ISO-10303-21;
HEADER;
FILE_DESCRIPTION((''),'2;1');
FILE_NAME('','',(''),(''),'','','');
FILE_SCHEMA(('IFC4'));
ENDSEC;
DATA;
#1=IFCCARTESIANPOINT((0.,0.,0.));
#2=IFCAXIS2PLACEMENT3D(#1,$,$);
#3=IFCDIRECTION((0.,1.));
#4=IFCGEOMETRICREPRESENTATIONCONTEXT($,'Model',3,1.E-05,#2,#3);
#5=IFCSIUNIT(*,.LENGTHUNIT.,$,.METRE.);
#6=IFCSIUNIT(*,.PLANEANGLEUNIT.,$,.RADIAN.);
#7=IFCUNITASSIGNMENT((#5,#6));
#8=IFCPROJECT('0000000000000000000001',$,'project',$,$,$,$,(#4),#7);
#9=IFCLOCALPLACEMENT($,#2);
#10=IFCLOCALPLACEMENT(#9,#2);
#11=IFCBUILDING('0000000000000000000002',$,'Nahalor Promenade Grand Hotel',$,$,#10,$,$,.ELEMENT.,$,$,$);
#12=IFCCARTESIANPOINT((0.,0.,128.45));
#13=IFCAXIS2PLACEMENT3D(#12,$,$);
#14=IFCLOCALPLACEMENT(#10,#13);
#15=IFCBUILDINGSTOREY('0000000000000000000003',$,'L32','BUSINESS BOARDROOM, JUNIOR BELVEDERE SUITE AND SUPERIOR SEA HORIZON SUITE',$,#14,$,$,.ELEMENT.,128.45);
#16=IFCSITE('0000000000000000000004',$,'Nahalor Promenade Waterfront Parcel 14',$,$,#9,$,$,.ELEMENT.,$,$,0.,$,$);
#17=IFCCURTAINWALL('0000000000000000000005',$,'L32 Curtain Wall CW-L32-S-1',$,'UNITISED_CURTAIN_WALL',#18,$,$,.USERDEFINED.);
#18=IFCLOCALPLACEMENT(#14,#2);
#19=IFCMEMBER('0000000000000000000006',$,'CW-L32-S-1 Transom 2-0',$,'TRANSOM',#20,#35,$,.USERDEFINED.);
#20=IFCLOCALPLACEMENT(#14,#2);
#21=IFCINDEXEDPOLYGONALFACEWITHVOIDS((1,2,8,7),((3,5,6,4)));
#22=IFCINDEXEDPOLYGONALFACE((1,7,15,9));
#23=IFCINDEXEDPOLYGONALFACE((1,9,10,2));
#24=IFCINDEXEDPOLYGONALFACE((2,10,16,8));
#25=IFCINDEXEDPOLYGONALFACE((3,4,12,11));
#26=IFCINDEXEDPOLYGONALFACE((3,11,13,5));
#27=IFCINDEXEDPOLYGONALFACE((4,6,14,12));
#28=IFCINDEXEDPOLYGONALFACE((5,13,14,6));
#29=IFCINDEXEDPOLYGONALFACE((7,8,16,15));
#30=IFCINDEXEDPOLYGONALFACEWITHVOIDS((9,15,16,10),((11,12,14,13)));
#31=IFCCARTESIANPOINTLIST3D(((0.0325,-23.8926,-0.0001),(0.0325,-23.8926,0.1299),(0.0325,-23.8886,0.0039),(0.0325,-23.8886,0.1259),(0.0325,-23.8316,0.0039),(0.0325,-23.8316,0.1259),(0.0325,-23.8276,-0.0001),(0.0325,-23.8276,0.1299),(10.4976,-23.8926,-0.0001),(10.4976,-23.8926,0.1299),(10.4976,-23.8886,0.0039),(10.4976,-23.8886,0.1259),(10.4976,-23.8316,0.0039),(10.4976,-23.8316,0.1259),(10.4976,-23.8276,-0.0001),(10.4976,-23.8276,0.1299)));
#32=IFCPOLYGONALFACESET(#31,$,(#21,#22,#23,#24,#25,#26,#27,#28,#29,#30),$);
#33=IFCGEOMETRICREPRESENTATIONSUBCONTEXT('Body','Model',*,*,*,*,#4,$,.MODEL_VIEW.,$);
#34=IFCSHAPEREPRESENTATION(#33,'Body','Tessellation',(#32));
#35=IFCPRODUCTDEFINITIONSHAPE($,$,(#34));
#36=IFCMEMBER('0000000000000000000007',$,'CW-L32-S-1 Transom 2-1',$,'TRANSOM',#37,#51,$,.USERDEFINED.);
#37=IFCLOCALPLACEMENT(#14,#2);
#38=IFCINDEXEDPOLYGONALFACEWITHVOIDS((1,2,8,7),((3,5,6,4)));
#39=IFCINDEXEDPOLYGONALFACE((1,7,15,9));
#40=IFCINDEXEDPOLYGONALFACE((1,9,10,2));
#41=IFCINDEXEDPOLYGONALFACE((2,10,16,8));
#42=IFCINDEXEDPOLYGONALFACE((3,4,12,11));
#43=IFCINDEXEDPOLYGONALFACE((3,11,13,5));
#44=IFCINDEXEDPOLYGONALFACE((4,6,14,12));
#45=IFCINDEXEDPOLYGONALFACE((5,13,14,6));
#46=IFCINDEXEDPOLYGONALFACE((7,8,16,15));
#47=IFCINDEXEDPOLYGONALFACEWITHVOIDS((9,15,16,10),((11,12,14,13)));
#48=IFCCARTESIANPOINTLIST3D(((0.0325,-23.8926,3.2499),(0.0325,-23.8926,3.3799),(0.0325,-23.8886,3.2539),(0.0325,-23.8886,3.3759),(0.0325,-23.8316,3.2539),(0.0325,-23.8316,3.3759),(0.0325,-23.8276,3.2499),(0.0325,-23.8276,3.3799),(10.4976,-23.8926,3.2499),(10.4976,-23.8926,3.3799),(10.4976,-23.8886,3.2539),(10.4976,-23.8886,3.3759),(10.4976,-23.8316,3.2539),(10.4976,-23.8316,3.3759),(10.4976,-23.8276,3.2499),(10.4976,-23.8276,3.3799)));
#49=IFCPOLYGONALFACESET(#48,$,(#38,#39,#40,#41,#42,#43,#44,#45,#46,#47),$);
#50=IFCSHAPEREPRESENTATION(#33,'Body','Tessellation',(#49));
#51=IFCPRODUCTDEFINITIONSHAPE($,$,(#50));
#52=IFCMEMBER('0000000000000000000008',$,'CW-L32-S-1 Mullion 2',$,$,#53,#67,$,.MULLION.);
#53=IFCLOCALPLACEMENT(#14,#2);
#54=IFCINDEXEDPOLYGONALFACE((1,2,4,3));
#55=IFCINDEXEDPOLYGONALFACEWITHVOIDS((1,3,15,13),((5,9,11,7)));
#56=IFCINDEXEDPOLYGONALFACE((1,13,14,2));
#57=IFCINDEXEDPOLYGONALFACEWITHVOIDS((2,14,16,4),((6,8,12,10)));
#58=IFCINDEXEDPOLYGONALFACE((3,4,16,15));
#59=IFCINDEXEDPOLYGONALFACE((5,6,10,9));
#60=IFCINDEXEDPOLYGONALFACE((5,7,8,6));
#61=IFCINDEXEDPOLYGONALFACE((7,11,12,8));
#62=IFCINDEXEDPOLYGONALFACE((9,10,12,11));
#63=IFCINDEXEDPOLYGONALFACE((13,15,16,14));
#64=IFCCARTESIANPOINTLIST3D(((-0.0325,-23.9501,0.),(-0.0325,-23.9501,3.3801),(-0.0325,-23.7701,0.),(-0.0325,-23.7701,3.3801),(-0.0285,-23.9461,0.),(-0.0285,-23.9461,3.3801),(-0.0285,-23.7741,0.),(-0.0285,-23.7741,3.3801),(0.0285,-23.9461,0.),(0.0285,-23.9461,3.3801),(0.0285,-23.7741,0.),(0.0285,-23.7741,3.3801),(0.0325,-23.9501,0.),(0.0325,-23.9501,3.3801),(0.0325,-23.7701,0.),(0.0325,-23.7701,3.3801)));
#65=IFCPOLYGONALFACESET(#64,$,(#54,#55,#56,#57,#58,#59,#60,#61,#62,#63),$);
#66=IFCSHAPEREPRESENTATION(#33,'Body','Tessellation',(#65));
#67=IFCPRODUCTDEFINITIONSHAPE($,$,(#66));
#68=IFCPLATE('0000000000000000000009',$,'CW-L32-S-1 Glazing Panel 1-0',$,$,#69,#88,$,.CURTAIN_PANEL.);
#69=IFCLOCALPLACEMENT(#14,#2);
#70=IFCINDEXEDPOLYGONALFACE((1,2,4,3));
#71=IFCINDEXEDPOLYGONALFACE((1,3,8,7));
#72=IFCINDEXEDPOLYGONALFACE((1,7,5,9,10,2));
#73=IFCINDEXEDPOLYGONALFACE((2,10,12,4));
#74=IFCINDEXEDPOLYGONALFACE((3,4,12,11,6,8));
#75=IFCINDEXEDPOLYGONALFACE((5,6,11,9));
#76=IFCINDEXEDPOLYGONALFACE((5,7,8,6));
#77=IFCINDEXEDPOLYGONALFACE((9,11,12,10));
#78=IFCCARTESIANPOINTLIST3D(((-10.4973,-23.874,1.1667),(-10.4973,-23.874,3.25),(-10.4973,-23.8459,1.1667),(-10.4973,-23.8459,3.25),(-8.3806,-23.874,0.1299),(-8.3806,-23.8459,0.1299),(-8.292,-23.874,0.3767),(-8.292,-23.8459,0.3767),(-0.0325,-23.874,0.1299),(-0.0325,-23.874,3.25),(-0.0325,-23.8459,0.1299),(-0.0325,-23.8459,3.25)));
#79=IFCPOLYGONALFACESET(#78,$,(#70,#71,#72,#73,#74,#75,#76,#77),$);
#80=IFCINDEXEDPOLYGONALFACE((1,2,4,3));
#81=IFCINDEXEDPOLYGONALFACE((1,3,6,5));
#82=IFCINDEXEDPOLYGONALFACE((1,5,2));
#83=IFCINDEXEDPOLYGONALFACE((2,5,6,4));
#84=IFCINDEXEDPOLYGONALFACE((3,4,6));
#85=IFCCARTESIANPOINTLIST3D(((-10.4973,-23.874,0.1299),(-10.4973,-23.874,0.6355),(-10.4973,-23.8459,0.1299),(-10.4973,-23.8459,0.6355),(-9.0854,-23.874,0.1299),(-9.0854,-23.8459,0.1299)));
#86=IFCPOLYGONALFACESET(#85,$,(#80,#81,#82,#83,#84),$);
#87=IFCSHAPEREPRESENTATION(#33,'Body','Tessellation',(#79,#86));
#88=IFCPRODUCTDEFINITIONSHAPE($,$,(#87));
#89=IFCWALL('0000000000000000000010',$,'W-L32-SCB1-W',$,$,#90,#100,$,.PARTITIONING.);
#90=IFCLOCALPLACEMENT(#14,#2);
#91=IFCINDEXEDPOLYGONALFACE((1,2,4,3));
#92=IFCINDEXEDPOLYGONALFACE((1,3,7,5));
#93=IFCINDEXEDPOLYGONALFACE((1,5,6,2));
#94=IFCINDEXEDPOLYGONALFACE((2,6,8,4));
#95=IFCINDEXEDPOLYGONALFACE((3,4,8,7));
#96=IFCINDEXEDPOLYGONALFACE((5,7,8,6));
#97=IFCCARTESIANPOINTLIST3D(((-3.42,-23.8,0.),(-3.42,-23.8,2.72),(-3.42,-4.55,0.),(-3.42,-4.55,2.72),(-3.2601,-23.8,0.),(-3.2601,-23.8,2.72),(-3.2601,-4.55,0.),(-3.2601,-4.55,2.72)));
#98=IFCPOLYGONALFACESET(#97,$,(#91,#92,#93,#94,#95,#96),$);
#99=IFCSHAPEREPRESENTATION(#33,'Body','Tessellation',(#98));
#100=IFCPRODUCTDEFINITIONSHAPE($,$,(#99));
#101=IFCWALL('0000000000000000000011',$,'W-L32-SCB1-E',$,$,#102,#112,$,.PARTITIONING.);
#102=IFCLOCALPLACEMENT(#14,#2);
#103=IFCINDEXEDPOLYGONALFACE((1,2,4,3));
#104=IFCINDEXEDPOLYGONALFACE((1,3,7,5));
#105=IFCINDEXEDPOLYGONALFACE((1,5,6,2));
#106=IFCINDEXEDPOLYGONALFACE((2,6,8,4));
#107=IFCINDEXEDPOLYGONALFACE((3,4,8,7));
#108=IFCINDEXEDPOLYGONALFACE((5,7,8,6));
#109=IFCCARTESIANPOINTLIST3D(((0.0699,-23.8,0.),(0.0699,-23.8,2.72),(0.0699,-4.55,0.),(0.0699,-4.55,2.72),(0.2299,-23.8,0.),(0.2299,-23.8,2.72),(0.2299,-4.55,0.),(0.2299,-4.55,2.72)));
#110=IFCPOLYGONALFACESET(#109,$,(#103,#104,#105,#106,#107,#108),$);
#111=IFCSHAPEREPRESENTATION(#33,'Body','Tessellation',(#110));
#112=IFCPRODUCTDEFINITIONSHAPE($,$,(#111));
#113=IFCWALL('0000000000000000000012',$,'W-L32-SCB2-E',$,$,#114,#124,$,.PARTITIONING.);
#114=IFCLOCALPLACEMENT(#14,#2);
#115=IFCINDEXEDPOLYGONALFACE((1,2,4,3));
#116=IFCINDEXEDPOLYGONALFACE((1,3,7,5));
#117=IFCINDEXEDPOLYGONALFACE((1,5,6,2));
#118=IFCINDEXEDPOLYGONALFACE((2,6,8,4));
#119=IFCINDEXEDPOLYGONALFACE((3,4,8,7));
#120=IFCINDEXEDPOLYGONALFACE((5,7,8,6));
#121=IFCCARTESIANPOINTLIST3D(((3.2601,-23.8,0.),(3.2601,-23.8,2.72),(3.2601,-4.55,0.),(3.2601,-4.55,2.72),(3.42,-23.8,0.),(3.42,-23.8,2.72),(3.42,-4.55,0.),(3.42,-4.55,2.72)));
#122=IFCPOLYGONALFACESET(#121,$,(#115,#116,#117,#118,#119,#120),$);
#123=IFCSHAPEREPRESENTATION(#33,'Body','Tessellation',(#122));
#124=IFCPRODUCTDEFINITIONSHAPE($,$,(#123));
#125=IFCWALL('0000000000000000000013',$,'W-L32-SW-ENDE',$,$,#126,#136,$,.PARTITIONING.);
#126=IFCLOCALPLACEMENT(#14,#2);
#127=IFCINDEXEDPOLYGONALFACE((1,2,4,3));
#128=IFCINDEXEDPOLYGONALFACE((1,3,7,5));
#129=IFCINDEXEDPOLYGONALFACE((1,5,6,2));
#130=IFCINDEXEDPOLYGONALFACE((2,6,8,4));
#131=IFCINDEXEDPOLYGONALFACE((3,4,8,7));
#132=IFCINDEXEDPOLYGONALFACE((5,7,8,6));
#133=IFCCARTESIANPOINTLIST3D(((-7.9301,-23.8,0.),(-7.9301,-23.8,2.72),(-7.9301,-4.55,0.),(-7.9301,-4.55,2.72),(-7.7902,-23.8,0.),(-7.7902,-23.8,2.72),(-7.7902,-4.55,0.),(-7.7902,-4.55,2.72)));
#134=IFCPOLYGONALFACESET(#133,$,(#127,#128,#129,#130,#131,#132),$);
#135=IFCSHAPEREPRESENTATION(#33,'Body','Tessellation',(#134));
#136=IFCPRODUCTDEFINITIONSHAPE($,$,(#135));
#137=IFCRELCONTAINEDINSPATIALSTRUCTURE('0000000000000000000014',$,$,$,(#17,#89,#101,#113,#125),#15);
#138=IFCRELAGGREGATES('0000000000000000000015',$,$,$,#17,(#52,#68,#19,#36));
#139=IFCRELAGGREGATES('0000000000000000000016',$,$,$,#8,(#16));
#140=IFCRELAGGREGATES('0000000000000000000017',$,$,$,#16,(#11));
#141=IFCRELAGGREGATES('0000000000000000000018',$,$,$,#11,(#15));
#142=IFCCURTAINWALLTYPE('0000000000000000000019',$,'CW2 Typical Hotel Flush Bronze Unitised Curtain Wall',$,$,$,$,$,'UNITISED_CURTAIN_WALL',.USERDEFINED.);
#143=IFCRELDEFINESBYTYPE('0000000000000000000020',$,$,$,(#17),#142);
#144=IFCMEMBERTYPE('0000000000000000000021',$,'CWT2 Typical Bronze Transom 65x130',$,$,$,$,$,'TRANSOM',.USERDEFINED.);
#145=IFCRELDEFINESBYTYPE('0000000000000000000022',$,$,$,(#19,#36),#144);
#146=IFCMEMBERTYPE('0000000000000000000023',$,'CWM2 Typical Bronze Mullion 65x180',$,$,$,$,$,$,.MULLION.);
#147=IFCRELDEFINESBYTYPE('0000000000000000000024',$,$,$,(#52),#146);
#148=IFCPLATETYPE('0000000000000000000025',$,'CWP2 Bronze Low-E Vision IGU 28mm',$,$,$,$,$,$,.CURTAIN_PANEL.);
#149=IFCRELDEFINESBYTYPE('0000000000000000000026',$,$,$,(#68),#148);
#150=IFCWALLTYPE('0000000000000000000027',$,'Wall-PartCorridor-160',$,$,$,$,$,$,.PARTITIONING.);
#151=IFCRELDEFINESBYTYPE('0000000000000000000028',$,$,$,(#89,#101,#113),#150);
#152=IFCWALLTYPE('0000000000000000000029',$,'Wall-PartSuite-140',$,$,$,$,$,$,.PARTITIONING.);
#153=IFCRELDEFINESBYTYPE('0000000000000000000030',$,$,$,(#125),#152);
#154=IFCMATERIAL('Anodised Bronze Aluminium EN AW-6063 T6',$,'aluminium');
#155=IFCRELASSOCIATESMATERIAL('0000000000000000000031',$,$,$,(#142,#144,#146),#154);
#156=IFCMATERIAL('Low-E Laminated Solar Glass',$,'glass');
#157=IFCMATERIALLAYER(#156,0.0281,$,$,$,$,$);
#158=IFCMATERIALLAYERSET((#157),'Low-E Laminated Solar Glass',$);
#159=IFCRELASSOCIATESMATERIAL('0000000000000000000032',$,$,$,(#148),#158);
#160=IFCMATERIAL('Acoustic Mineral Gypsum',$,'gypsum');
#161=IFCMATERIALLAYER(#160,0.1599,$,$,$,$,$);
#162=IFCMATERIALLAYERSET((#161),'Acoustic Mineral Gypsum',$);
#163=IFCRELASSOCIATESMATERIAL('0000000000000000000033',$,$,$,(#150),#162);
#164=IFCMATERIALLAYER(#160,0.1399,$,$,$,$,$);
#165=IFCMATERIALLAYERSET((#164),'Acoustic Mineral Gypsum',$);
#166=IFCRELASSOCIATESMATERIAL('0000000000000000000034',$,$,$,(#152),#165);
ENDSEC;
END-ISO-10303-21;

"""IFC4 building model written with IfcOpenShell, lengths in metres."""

from ifc_helpers import new_model, si_unit, direction, frame, frame_2d, origin, origin_2d, place, context, subcontext, project, spatial, polyline, rectangle, hollow_rectangle, outline, extrude, source, transform, mapped, material, layer, layer_set, material_profile, profile_set, type_object, element, aggregate, save


model = new_model("IFC4")

# Units and contexts
model_context = context("Model", 3, precision=1e-05, world=origin(), true_north=direction((0.0, 1.0)))
body_context = subcontext(model_context, "Body", "Model", "MODEL_VIEW")
ifc_project = project(units=[si_unit("LENGTHUNIT", "METRE"), si_unit("PLANEANGLEUNIT", "RADIAN")], contexts=[model_context])

# Site, building, storey
site_placement = place(None, origin())
site = spatial("IfcSite", under=ifc_project, at=site_placement, Name="Nahalor Promenade Waterfront Parcel 14", CompositionType="ELEMENT", RefElevation=0.0)
building_placement = place(site_placement, origin())
building = spatial("IfcBuilding", under=site, at=building_placement, Name="Nahalor Promenade Grand Hotel", CompositionType="ELEMENT")
storey_placement = place(building_placement, frame((0.0, 0.0, 128.45)))
storey = spatial("IfcBuildingStorey", under=building, at=storey_placement, Name="L32", Description="BUSINESS BOARDROOM, JUNIOR BELVEDERE SUITE AND SUPERIOR SEA HORIZON SUITE", CompositionType="ELEMENT", Elevation=128.45)

# Curtain wall, members, plate
ifc_material_1 = material(Name="Anodised Bronze Aluminium EN AW-6063 T6", Category="aluminium")
curtain_wall_type = type_object("IfcCurtainWallType", Name="CW2 Typical Hotel Flush Bronze Unitised Curtain Wall", ElementType="UNITISED_CURTAIN_WALL", PredefinedType="USERDEFINED", material=ifc_material_1)
curtain_wall_placement = place(storey_placement, origin())
curtain_wall = element("IfcCurtainWall", 1, at=curtain_wall_placement, inside=storey, type_object=curtain_wall_type, Name="L32 Curtain Wall CW-L32-S-1", ObjectType="UNITISED_CURTAIN_WALL", PredefinedType="USERDEFINED")
ifc_material_profile_1 = material_profile(ifc_material_1, hollow_rectangle(XDim=0.065, YDim=0.13, WallThickness=0.004, at=origin_2d()), Name="CWT 65x130x4")
ifc_profile_set_1 = profile_set([ifc_material_profile_1], Name="Anodised Bronze Aluminium EN AW-6063 T6")
member_type_1 = type_object("IfcMemberType", Name="CWT2 Typical Bronze Transom 65x130", ElementType="TRANSOM", PredefinedType="USERDEFINED", material=ifc_profile_set_1)
shared_shape_1 = source(origin(), body_context, "Body", "SweptSolid", [
    extrude(hollow_rectangle(XDim=0.065, YDim=0.13, WallThickness=0.004, at=origin_2d()), origin(), (0.0, 0.0, 1.0), 10.4651),
])
member_1_placement = place(storey_placement, frame((0.0325, -23.8601, 0.0649), z_axis=(1.0, 0.0, 0.0), x_axis=(0.0, 1.0, 0.0)))
member_1 = element("IfcMember", 2, at=member_1_placement, type_object=member_type_1, Name="CW-L32-S-1 Transom 2-0", ObjectType="TRANSOM", PredefinedType="USERDEFINED", context=body_context, shape_type="MappedRepresentation", body=[
    mapped(shared_shape_1, transform((0.0, 0.0, 0.0), scale=1.0)),
])
member_2_placement = place(storey_placement, frame((0.0325, -23.8601, 3.3149), z_axis=(1.0, 0.0, 0.0), x_axis=(0.0, 1.0, 0.0)))
member_2 = element("IfcMember", 3, at=member_2_placement, type_object=member_type_1, Name="CW-L32-S-1 Transom 2-1", ObjectType="TRANSOM", PredefinedType="USERDEFINED", context=body_context, shape_type="MappedRepresentation", body=[
    mapped(shared_shape_1, transform((0.0, 0.0, 0.0), scale=1.0)),
])
ifc_material_profile_2 = material_profile(ifc_material_1, hollow_rectangle(XDim=0.065, YDim=0.18, WallThickness=0.004, at=origin_2d()), Name="CWM 65x180x4")
ifc_profile_set_2 = profile_set([ifc_material_profile_2], Name="Anodised Bronze Aluminium EN AW-6063 T6")
member_type_2 = type_object("IfcMemberType", Name="CWM2 Typical Bronze Mullion 65x180", PredefinedType="MULLION", material=ifc_profile_set_2)
shared_shape_2 = source(origin(), body_context, "Body", "SweptSolid", [
    extrude(hollow_rectangle(XDim=0.065, YDim=0.18, WallThickness=0.004, at=origin_2d()), origin(), (0.0, 0.0, 1.0), 3.3801),
])
member_3_placement = place(storey_placement, frame((0.0, -23.8601, 0.0), z_axis=(0.0, 0.0, 1.0), x_axis=(1.0, 0.0, 0.0)))
member_3 = element("IfcMember", 4, at=member_3_placement, type_object=member_type_2, Name="CW-L32-S-1 Mullion 2", PredefinedType="MULLION", context=body_context, shape_type="MappedRepresentation", body=[
    mapped(shared_shape_2, transform((0.0, 0.0, 0.0), scale=1.0)),
])
ifc_material_2 = material(Name="Low-E Laminated Solar Glass", Category="glass")
ifc_layer_1 = layer(ifc_material_2, 0.0281)
ifc_layer_set_1 = layer_set([ifc_layer_1], Name="Low-E Laminated Solar Glass")
plate_type = type_object("IfcPlateType", Name="CWP2 Bronze Low-E Vision IGU 28mm", PredefinedType="CURTAIN_PANEL", material=ifc_layer_set_1)
plate_placement = place(storey_placement, frame((-5.2649, -23.8601, 0.1299), z_axis=(0.0, 0.0, 1.0), x_axis=(1.0, 0.0, 0.0)))
plate = element("IfcPlate", 5, at=plate_placement, type_object=plate_type, Name="CW-L32-S-1 Glazing Panel 1-0", PredefinedType="CURTAIN_PANEL", context=body_context, shape_type="SweptSolid", body=[
    extrude(outline(polyline([(5.2324, 3.1201), (-5.2324, 3.1201), (-5.2324, 1.0369), (-3.0271, 0.2468), (-3.1157, 0.0), (5.2324, 0.0), (5.2324, 3.1201)])), frame((0.0, 0.0142, 0.0), z_axis=(0.0, -1.0, 0.0), x_axis=(1.0, 0.0, 0.0)), (0.0, 0.0, 1.0), 0.0281),
    extrude(outline(polyline([(-5.2324, 0.5056), (-5.2324, 0.0), (-3.8206, 0.0), (-5.2324, 0.5056)])), frame((0.0, 0.0142, 0.0), z_axis=(0.0, -1.0, 0.0), x_axis=(1.0, 0.0, 0.0)), (0.0, 0.0, 1.0), 0.0281),
])
aggregate(curtain_wall, [member_3, plate, member_1, member_2])

# Walls
ifc_material_3 = material(Name="Acoustic Mineral Gypsum", Category="gypsum")
ifc_layer_2 = layer(ifc_material_3, 0.1599)
ifc_layer_set_2 = layer_set([ifc_layer_2], Name="Acoustic Mineral Gypsum")
wall_type_1 = type_object("IfcWallType", Name="Wall-PartCorridor-160", PredefinedType="PARTITIONING", material=ifc_layer_set_2)
shared_shape_3 = source(origin(), body_context, "Body", "SweptSolid", [
    extrude(rectangle(XDim=19.25, YDim=0.1599, at=frame_2d((9.625, 0.0))), origin(), (0.0, 0.0, 1.0), 2.72),
])
for number, where, z_axis, x_axis, name in (
    (6, (-3.3401, -23.8, 0.0), (0.0, 0.0, 1.0), (0.0, 1.0, 0.0), "W-L32-SCB1-W"),
    (7, (0.1499, -23.8, 0.0), (0.0, 0.0, 1.0), (0.0, 1.0, 0.0), "W-L32-SCB1-E"),
    (8, (3.3401, -23.8, 0.0), (0.0, 0.0, 1.0), (0.0, 1.0, 0.0), "W-L32-SCB2-E"),
):
    element("IfcWall", number, at=place(storey_placement, frame(where, z_axis=z_axis, x_axis=x_axis)), inside=storey, type_object=wall_type_1, Name=name, PredefinedType="PARTITIONING", context=body_context, shape_type="MappedRepresentation", body=[
        mapped(shared_shape_3, transform((0.0, 0.0, 0.0), scale=1.0)),
    ])
ifc_layer_3 = layer(ifc_material_3, 0.1399)
ifc_layer_set_3 = layer_set([ifc_layer_3], Name="Acoustic Mineral Gypsum")
wall_type_2 = type_object("IfcWallType", Name="Wall-PartSuite-140", PredefinedType="PARTITIONING", material=ifc_layer_set_3)
shared_shape_4 = source(origin(), body_context, "Body", "SweptSolid", [
    extrude(rectangle(XDim=19.25, YDim=0.1399, at=frame_2d((9.625, 0.0))), origin(), (0.0, 0.0, 1.0), 2.72),
])
wall_placement = place(storey_placement, frame((-7.8601, -23.8, 0.0), z_axis=(0.0, 0.0, 1.0), x_axis=(0.0, 1.0, 0.0)))
element("IfcWall", 9, at=wall_placement, inside=storey, type_object=wall_type_2, Name="W-L32-SW-ENDE", PredefinedType="PARTITIONING", context=body_context, shape_type="MappedRepresentation", body=[
    mapped(shared_shape_4, transform((0.0, 0.0, 0.0), scale=1.0)),
])

save(model, "model.ifc")
